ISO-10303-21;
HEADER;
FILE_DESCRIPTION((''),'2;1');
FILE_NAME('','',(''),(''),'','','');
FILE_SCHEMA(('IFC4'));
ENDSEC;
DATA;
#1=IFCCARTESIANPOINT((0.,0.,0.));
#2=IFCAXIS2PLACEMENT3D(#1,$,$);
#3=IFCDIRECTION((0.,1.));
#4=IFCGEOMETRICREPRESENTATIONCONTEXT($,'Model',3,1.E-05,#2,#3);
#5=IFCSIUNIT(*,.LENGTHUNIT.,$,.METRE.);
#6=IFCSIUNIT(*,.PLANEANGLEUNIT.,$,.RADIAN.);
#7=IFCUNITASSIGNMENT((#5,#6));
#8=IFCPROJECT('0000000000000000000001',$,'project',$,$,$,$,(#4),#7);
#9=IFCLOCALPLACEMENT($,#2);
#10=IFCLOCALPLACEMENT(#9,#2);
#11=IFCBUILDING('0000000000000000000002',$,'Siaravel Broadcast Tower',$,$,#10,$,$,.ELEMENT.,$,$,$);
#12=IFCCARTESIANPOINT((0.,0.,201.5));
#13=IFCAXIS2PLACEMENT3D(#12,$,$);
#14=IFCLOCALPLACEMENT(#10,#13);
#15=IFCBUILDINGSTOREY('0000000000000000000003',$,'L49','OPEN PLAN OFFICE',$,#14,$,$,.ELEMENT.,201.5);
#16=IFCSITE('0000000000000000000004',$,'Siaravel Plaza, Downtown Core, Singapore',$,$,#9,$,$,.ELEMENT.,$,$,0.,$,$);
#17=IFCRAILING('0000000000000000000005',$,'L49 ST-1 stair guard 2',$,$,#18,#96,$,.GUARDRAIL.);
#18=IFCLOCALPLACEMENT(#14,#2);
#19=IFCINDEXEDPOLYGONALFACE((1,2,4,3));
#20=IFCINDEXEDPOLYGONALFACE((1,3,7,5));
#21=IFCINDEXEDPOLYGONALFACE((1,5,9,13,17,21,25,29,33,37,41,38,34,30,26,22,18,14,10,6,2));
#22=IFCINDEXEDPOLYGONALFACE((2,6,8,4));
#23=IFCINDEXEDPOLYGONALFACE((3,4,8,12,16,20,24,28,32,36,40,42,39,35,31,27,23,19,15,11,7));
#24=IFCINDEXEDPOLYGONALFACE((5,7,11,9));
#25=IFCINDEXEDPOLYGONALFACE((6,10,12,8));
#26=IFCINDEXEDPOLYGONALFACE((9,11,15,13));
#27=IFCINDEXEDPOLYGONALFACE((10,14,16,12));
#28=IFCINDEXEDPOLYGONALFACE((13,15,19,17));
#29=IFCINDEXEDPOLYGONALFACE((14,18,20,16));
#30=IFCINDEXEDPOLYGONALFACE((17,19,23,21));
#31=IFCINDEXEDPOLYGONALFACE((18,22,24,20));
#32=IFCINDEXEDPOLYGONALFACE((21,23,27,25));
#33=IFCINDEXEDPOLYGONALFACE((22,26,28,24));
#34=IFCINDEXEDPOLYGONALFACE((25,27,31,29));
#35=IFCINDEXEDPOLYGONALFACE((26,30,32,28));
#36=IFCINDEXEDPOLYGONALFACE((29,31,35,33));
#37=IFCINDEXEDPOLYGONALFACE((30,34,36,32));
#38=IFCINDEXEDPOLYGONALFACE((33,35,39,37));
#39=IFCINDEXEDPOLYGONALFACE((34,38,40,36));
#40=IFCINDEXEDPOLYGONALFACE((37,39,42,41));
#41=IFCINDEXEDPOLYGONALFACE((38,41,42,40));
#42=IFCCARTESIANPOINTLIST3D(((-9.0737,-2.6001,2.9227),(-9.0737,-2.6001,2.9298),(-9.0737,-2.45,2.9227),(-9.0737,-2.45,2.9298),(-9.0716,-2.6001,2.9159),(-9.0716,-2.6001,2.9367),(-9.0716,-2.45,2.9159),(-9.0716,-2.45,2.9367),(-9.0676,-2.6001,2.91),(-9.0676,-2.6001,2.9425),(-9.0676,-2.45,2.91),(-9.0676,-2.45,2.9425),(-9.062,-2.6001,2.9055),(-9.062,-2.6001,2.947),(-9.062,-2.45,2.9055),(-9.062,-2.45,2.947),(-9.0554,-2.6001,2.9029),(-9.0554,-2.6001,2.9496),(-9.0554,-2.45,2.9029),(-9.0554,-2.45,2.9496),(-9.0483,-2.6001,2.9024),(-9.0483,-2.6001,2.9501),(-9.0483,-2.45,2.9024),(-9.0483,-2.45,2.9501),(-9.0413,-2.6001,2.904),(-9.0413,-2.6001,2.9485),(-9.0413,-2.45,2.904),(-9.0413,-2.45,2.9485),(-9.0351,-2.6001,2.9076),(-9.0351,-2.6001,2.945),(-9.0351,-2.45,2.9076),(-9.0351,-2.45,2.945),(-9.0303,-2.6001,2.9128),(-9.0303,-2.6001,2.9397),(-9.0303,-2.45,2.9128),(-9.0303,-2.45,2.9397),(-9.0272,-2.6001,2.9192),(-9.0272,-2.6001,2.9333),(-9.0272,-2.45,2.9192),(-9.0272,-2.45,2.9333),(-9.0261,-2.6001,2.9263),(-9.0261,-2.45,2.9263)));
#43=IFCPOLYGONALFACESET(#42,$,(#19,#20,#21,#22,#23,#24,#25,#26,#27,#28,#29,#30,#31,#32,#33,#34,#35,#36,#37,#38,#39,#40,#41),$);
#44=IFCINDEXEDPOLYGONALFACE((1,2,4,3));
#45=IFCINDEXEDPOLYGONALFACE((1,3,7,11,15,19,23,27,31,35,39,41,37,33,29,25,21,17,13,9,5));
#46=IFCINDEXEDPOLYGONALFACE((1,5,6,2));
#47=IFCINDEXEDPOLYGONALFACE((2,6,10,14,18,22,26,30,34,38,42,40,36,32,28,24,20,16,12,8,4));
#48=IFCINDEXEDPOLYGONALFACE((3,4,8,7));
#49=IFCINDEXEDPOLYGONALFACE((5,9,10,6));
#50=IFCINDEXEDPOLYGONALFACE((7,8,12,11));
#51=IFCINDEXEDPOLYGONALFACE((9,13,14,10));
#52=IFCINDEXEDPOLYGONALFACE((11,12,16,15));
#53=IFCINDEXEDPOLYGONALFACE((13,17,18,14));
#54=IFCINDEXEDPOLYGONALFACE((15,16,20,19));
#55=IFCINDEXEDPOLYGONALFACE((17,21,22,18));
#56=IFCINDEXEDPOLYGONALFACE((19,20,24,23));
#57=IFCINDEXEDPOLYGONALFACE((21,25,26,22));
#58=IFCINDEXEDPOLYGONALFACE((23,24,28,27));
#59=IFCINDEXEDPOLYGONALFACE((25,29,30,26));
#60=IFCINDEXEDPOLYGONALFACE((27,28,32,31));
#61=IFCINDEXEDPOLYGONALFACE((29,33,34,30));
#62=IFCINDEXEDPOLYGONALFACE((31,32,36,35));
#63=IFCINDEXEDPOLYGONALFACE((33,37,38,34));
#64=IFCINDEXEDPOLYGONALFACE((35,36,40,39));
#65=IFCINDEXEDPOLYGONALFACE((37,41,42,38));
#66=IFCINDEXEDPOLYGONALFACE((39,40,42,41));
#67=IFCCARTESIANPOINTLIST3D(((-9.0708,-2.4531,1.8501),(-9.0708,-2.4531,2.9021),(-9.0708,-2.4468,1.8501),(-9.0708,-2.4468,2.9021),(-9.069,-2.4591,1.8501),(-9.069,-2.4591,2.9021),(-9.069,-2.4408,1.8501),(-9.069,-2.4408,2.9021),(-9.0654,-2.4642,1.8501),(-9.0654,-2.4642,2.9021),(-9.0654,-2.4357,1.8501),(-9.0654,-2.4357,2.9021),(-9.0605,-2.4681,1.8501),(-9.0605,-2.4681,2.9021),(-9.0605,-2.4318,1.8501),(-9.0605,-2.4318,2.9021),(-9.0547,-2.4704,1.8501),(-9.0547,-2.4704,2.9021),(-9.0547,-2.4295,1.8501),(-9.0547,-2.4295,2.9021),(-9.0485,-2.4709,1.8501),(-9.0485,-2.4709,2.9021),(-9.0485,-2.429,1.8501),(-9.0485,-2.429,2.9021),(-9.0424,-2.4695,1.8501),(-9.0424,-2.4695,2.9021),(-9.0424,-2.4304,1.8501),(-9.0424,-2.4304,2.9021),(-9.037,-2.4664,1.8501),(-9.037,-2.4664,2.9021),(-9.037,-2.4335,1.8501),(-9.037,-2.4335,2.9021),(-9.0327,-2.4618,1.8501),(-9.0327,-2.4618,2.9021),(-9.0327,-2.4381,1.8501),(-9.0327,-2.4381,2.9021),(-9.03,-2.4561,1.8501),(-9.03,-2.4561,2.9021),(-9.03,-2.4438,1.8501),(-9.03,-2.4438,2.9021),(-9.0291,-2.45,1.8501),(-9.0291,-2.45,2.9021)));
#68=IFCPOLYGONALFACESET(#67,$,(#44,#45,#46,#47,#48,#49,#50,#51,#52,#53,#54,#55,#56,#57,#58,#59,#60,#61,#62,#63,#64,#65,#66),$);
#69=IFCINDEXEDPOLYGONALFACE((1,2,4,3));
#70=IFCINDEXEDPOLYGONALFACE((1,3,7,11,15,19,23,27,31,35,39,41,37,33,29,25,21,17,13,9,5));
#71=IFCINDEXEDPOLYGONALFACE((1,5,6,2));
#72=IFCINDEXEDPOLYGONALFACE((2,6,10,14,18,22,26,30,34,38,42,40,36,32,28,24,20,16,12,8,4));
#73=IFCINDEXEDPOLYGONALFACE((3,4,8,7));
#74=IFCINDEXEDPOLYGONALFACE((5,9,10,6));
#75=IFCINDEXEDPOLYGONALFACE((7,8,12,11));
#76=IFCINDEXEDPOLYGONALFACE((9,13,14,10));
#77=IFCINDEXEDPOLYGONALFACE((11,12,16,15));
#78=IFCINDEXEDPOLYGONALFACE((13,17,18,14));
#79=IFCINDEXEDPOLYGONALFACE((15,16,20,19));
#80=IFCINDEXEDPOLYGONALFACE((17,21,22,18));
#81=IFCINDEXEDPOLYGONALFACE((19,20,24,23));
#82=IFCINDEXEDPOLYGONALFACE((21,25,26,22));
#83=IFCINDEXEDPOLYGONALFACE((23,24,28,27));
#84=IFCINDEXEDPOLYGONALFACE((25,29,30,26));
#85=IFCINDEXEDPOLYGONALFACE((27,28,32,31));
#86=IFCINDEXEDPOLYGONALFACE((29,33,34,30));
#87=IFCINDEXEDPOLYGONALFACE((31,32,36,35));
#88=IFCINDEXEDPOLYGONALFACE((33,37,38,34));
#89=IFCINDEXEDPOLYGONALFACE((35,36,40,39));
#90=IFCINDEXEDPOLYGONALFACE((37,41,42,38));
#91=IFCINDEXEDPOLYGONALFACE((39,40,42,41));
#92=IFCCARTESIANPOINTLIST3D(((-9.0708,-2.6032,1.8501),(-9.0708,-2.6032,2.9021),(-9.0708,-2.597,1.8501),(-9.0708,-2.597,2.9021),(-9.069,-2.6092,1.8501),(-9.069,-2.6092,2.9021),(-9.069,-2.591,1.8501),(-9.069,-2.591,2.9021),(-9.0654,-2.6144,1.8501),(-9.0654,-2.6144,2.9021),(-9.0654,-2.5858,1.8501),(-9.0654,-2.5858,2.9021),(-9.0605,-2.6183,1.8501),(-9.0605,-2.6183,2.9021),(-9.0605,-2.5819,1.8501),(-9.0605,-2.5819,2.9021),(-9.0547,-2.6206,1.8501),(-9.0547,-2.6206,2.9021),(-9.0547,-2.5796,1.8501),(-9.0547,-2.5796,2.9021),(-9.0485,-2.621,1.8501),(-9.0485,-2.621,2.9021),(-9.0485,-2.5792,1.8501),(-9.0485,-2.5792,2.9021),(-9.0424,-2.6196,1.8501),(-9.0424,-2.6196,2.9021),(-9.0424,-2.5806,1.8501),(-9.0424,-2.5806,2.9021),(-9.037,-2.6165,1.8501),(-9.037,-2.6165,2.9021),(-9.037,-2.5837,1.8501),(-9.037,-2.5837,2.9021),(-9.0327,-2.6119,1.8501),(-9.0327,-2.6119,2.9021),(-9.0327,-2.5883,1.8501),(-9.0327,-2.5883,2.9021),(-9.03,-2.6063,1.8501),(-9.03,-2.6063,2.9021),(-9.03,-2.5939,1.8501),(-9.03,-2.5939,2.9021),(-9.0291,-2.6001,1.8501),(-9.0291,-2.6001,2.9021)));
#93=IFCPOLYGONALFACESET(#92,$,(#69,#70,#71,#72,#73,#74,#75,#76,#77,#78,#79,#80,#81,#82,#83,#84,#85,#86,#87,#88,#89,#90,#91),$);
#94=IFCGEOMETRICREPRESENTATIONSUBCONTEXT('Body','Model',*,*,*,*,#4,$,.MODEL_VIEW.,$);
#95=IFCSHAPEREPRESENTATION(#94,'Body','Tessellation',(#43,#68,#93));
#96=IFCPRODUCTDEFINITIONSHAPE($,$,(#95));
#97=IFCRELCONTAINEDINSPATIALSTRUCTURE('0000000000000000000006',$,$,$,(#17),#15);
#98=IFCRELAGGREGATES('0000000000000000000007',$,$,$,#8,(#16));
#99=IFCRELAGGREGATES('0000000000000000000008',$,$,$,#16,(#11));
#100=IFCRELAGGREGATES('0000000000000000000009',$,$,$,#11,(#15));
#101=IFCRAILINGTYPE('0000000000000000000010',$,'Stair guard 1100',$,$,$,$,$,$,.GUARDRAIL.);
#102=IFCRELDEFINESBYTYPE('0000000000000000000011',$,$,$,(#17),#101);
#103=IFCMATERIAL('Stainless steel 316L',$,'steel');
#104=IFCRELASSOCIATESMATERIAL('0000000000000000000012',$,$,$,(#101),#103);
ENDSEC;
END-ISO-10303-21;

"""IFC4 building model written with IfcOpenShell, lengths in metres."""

from ifc_helpers import new_model, si_unit, direction, frame, origin, origin_2d, place, context, subcontext, project, spatial, circle, extrude, material, type_object, element, save


model = new_model("IFC4")

# Units and contexts
model_context = context("Model", 3, precision=1e-05, world=origin(), true_north=direction((0.0, 1.0)))
body_context = subcontext(model_context, "Body", "Model", "MODEL_VIEW")
ifc_project = project(units=[si_unit("LENGTHUNIT", "METRE"), si_unit("PLANEANGLEUNIT", "RADIAN")], contexts=[model_context])

# Site, building, storey
site_placement = place(None, origin())
site = spatial("IfcSite", under=ifc_project, at=site_placement, Name="Siaravel Plaza, Downtown Core, Singapore", CompositionType="ELEMENT", RefElevation=0.0)
building_placement = place(site_placement, origin())
building = spatial("IfcBuilding", under=site, at=building_placement, Name="Siaravel Broadcast Tower", CompositionType="ELEMENT")
storey_placement = place(building_placement, frame((0.0, 0.0, 201.5)))
storey = spatial("IfcBuildingStorey", under=building, at=storey_placement, Name="L49", Description="OPEN PLAN OFFICE", CompositionType="ELEMENT", Elevation=201.5)

# Shared definitions
ifc_material_1 = material(Name="Stainless steel 316L", Category="steel")

# Railing
railing_type_1 = type_object("IfcRailingType", Name="Stair guard 1100", PredefinedType="GUARDRAIL", material=ifc_material_1)
railing_1_placement = place(storey_placement, frame((-9.05, -2.45, 1.8501)))
element("IfcRailing", 1, at=railing_1_placement, inside=storey, type_object=railing_type_1, Name="L49 ST-1 stair guard 2", PredefinedType="GUARDRAIL", context=body_context, shape_type="SweptSolid", body=[
    extrude(circle(Radius=0.0239, at=origin_2d()), frame((0.0, 0.0, 1.0762), z_axis=(0.0, -1.0, 0.0), x_axis=(1.0, 0.0, 0.0)), (0.0, 0.0, 1.0), 0.1501),
    extrude(circle(Radius=0.021, at=origin_2d()), origin(), (0.0, 0.0, 1.0), 1.052),
    extrude(circle(Radius=0.021, at=origin_2d()), frame((0.0, -0.1501, 0.0)), (0.0, 0.0, 1.0), 1.052),
])

save(model, "model.ifc")
